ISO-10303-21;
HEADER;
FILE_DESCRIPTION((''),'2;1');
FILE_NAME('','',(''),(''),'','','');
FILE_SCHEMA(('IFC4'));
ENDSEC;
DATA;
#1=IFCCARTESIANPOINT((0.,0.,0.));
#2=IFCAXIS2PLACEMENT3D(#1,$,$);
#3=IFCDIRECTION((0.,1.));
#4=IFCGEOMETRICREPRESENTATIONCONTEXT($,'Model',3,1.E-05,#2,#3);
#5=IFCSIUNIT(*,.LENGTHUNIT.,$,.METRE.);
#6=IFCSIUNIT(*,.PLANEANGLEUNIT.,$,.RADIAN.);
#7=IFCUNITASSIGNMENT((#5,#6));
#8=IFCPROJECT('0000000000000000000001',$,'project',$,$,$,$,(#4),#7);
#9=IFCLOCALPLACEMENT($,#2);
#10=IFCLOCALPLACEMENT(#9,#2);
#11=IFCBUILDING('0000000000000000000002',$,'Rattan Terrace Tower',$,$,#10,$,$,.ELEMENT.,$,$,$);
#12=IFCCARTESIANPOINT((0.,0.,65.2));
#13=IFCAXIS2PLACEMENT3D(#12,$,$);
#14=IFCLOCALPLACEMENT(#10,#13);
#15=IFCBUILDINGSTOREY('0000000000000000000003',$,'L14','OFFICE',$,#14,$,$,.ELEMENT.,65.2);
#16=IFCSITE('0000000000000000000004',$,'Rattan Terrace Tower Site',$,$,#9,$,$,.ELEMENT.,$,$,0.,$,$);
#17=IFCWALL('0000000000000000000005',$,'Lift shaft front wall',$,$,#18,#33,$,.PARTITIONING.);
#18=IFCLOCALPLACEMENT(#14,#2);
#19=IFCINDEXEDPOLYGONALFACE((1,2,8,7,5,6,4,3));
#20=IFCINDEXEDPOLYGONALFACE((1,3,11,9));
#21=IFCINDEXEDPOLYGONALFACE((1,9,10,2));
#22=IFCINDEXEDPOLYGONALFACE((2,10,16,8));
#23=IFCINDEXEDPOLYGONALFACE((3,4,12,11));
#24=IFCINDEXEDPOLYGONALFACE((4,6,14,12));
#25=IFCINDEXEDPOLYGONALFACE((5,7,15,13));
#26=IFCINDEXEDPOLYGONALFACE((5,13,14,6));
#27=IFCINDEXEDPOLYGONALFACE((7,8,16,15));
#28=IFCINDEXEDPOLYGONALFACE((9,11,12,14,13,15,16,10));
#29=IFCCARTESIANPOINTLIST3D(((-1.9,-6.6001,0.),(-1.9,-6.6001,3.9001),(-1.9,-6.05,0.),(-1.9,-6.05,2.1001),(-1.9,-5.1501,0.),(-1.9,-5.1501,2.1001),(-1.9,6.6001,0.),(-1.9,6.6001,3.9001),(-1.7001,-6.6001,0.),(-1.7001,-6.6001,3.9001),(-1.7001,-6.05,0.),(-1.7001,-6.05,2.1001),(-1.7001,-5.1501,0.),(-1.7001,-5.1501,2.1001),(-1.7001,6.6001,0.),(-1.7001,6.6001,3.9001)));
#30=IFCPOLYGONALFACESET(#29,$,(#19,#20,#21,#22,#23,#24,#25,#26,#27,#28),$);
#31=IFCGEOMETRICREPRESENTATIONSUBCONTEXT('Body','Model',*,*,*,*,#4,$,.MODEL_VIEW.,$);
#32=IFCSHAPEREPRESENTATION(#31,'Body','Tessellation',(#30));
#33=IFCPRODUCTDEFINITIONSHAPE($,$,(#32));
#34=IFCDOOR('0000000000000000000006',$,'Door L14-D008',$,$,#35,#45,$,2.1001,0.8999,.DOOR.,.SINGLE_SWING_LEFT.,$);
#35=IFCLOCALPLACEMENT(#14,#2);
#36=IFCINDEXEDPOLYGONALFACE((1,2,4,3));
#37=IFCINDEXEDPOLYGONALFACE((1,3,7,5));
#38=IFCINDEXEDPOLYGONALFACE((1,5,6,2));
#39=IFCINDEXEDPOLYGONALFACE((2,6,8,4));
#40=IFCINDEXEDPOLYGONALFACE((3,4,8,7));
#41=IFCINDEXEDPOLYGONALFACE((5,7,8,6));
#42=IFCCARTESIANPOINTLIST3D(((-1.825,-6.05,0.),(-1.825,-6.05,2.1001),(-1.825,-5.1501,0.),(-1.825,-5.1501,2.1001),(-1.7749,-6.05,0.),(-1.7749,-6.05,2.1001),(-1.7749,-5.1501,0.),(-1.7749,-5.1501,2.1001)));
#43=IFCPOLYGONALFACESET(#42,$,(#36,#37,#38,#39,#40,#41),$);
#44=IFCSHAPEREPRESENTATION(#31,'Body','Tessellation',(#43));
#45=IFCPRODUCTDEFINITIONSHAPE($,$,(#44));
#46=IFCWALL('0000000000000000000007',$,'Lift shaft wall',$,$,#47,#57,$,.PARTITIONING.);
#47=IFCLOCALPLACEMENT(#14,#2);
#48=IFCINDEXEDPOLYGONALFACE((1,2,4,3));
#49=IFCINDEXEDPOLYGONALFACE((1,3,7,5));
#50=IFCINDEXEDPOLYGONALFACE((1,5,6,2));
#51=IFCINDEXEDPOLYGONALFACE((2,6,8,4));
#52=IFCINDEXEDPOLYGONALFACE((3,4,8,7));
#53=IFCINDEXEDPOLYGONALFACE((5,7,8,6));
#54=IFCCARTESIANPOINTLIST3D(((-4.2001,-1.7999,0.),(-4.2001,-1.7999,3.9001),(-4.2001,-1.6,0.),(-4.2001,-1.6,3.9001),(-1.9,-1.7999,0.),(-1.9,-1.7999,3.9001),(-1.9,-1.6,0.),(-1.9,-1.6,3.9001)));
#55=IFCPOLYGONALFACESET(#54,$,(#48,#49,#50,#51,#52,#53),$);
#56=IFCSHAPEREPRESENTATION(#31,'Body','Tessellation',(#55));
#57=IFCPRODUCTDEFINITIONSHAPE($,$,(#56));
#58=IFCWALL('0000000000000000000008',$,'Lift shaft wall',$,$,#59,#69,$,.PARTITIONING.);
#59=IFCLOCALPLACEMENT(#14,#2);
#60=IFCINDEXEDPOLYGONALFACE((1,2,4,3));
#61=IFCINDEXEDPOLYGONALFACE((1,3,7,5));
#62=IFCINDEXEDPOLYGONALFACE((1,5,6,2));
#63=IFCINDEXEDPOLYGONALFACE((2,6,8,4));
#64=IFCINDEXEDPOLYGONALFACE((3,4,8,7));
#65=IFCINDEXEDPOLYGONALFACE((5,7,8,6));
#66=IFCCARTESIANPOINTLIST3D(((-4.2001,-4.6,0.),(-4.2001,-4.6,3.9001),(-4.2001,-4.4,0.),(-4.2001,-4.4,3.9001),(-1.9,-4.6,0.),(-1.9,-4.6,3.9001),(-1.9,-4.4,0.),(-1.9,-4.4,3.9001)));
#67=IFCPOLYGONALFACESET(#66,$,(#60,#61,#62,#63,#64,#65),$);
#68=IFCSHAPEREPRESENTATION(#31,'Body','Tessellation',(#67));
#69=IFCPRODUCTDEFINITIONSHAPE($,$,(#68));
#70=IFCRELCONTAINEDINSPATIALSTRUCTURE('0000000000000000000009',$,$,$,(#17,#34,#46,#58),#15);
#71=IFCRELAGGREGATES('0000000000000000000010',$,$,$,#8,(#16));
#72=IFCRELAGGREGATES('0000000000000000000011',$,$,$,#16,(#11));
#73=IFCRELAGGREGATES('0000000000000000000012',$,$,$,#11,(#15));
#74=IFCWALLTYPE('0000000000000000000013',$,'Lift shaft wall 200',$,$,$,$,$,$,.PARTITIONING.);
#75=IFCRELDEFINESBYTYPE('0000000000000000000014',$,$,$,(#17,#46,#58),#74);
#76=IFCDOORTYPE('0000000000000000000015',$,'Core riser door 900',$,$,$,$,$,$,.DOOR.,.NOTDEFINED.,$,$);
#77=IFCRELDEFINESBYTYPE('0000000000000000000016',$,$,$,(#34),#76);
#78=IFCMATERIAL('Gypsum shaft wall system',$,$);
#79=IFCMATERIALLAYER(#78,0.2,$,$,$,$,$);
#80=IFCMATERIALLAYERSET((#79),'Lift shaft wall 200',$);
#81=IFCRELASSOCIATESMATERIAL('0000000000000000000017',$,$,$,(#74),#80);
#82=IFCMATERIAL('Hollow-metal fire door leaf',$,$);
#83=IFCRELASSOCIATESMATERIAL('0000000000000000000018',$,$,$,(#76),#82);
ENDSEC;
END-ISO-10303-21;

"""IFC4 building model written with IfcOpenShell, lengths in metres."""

from ifc_helpers import new_model, si_unit, direction, frame, frame_2d, origin, place, context, subcontext, project, spatial, rectangle, extrude, material, layer, layer_set, type_object, element, fill, save


model = new_model("IFC4")

# Units and contexts
model_context = context("Model", 3, precision=1e-05, world=origin(), true_north=direction((0.0, 1.0)))
body_context = subcontext(model_context, "Body", "Model", "MODEL_VIEW")
ifc_project = project(units=[si_unit("LENGTHUNIT", "METRE"), si_unit("PLANEANGLEUNIT", "RADIAN")], contexts=[model_context])

# Site, building, storey
site_placement = place(None, origin())
site = spatial("IfcSite", under=ifc_project, at=site_placement, Name="Rattan Terrace Tower Site", CompositionType="ELEMENT", RefElevation=0.0)
building_placement = place(site_placement, origin())
building = spatial("IfcBuilding", under=site, at=building_placement, Name="Rattan Terrace Tower", CompositionType="ELEMENT")
storey_placement = place(building_placement, frame((0.0, 0.0, 65.2)))
storey = spatial("IfcBuildingStorey", under=building, at=storey_placement, Name="L14", Description="OFFICE", CompositionType="ELEMENT", Elevation=65.2)

# Shared definitions
ifc_material_1 = material(Name="Gypsum shaft wall system")
ifc_layer_1 = layer(ifc_material_1, 0.2)
ifc_layer_set_1 = layer_set([ifc_layer_1], Name="Lift shaft wall 200")
wall_type_1 = type_object("IfcWallType", Name="Lift shaft wall 200", PredefinedType="PARTITIONING", material=ifc_layer_set_1)
ifc_material_2 = material(Name="Hollow-metal fire door leaf")
door_type_1 = type_object("IfcDoorType", Name="Core riser door 900", OperationType="NOTDEFINED", PredefinedType="DOOR", material=ifc_material_2)

# Wall, opening, door
wall_1_placement = place(storey_placement, frame((-1.8, -6.6001, 0.0), z_axis=(0.0, 0.0, 1.0), x_axis=(0.0, 1.0, 0.0)))
wall_1 = element("IfcWall", 1, at=wall_1_placement, inside=storey, type_object=wall_type_1, Name="Lift shaft front wall", PredefinedType="PARTITIONING", context=body_context, shape_type="SweptSolid", body=[
    extrude(rectangle(XDim=13.2002, YDim=0.2, at=frame_2d((6.6001, 0.0))), origin(), (0.0, 0.0, 1.0), 3.9001),
])
opening_1_placement = place(wall_1_placement, frame((0.55, 0.0, 0.0)))
opening_1 = element("IfcOpeningElement", 2, at=opening_1_placement, cuts=wall_1, PredefinedType="OPENING", context=body_context, shape_type="SweptSolid", body=[
    extrude(rectangle(XDim=0.8999, YDim=2.1001, at=frame_2d((0.45, 1.05))), frame((0.0, 0.1106, 0.0), z_axis=(0.0, -1.0, 0.0), x_axis=(1.0, 0.0, 0.0)), (0.0, 0.0, 1.0), 0.2209),
])
door_1_placement = place(opening_1_placement, origin())
door_1 = element("IfcDoor", 3, at=door_1_placement, inside=storey, type_object=door_type_1, Name="Door L14-D008", OperationType="SINGLE_SWING_LEFT", OverallHeight=2.1001, OverallWidth=0.8999, PredefinedType="DOOR", context=body_context, shape_type="SweptSolid", body=[
    extrude(rectangle(XDim=0.8999, YDim=2.1001, at=frame_2d((0.45, 1.05))), frame((0.0, 0.0249, 0.0), z_axis=(0.0, -1.0, 0.0), x_axis=(1.0, 0.0, 0.0)), (0.0, 0.0, 1.0), 0.05),
])
fill(opening_1, door_1)

# Walls
for number, where, z_axis, x_axis, name in (
    (4, (-4.2, -1.7, 0.0), (0.0, 0.0, 1.0), (1.0, 0.0, 0.0), "Lift shaft wall"),
    (5, (-4.2, -4.5, 0.0), (0.0, 0.0, 1.0), (1.0, 0.0, 0.0), "Lift shaft wall"),
):
    element("IfcWall", number, at=place(storey_placement, frame(where, z_axis=z_axis, x_axis=x_axis)), inside=storey, type_object=wall_type_1, Name=name, PredefinedType="PARTITIONING", context=body_context, shape_type="SweptSolid", body=[
        extrude(rectangle(XDim=2.3, YDim=0.2, at=frame_2d((1.1499, 0.0))), origin(), (0.0, 0.0, 1.0), 3.9001),
    ])

save(model, "model.ifc")
